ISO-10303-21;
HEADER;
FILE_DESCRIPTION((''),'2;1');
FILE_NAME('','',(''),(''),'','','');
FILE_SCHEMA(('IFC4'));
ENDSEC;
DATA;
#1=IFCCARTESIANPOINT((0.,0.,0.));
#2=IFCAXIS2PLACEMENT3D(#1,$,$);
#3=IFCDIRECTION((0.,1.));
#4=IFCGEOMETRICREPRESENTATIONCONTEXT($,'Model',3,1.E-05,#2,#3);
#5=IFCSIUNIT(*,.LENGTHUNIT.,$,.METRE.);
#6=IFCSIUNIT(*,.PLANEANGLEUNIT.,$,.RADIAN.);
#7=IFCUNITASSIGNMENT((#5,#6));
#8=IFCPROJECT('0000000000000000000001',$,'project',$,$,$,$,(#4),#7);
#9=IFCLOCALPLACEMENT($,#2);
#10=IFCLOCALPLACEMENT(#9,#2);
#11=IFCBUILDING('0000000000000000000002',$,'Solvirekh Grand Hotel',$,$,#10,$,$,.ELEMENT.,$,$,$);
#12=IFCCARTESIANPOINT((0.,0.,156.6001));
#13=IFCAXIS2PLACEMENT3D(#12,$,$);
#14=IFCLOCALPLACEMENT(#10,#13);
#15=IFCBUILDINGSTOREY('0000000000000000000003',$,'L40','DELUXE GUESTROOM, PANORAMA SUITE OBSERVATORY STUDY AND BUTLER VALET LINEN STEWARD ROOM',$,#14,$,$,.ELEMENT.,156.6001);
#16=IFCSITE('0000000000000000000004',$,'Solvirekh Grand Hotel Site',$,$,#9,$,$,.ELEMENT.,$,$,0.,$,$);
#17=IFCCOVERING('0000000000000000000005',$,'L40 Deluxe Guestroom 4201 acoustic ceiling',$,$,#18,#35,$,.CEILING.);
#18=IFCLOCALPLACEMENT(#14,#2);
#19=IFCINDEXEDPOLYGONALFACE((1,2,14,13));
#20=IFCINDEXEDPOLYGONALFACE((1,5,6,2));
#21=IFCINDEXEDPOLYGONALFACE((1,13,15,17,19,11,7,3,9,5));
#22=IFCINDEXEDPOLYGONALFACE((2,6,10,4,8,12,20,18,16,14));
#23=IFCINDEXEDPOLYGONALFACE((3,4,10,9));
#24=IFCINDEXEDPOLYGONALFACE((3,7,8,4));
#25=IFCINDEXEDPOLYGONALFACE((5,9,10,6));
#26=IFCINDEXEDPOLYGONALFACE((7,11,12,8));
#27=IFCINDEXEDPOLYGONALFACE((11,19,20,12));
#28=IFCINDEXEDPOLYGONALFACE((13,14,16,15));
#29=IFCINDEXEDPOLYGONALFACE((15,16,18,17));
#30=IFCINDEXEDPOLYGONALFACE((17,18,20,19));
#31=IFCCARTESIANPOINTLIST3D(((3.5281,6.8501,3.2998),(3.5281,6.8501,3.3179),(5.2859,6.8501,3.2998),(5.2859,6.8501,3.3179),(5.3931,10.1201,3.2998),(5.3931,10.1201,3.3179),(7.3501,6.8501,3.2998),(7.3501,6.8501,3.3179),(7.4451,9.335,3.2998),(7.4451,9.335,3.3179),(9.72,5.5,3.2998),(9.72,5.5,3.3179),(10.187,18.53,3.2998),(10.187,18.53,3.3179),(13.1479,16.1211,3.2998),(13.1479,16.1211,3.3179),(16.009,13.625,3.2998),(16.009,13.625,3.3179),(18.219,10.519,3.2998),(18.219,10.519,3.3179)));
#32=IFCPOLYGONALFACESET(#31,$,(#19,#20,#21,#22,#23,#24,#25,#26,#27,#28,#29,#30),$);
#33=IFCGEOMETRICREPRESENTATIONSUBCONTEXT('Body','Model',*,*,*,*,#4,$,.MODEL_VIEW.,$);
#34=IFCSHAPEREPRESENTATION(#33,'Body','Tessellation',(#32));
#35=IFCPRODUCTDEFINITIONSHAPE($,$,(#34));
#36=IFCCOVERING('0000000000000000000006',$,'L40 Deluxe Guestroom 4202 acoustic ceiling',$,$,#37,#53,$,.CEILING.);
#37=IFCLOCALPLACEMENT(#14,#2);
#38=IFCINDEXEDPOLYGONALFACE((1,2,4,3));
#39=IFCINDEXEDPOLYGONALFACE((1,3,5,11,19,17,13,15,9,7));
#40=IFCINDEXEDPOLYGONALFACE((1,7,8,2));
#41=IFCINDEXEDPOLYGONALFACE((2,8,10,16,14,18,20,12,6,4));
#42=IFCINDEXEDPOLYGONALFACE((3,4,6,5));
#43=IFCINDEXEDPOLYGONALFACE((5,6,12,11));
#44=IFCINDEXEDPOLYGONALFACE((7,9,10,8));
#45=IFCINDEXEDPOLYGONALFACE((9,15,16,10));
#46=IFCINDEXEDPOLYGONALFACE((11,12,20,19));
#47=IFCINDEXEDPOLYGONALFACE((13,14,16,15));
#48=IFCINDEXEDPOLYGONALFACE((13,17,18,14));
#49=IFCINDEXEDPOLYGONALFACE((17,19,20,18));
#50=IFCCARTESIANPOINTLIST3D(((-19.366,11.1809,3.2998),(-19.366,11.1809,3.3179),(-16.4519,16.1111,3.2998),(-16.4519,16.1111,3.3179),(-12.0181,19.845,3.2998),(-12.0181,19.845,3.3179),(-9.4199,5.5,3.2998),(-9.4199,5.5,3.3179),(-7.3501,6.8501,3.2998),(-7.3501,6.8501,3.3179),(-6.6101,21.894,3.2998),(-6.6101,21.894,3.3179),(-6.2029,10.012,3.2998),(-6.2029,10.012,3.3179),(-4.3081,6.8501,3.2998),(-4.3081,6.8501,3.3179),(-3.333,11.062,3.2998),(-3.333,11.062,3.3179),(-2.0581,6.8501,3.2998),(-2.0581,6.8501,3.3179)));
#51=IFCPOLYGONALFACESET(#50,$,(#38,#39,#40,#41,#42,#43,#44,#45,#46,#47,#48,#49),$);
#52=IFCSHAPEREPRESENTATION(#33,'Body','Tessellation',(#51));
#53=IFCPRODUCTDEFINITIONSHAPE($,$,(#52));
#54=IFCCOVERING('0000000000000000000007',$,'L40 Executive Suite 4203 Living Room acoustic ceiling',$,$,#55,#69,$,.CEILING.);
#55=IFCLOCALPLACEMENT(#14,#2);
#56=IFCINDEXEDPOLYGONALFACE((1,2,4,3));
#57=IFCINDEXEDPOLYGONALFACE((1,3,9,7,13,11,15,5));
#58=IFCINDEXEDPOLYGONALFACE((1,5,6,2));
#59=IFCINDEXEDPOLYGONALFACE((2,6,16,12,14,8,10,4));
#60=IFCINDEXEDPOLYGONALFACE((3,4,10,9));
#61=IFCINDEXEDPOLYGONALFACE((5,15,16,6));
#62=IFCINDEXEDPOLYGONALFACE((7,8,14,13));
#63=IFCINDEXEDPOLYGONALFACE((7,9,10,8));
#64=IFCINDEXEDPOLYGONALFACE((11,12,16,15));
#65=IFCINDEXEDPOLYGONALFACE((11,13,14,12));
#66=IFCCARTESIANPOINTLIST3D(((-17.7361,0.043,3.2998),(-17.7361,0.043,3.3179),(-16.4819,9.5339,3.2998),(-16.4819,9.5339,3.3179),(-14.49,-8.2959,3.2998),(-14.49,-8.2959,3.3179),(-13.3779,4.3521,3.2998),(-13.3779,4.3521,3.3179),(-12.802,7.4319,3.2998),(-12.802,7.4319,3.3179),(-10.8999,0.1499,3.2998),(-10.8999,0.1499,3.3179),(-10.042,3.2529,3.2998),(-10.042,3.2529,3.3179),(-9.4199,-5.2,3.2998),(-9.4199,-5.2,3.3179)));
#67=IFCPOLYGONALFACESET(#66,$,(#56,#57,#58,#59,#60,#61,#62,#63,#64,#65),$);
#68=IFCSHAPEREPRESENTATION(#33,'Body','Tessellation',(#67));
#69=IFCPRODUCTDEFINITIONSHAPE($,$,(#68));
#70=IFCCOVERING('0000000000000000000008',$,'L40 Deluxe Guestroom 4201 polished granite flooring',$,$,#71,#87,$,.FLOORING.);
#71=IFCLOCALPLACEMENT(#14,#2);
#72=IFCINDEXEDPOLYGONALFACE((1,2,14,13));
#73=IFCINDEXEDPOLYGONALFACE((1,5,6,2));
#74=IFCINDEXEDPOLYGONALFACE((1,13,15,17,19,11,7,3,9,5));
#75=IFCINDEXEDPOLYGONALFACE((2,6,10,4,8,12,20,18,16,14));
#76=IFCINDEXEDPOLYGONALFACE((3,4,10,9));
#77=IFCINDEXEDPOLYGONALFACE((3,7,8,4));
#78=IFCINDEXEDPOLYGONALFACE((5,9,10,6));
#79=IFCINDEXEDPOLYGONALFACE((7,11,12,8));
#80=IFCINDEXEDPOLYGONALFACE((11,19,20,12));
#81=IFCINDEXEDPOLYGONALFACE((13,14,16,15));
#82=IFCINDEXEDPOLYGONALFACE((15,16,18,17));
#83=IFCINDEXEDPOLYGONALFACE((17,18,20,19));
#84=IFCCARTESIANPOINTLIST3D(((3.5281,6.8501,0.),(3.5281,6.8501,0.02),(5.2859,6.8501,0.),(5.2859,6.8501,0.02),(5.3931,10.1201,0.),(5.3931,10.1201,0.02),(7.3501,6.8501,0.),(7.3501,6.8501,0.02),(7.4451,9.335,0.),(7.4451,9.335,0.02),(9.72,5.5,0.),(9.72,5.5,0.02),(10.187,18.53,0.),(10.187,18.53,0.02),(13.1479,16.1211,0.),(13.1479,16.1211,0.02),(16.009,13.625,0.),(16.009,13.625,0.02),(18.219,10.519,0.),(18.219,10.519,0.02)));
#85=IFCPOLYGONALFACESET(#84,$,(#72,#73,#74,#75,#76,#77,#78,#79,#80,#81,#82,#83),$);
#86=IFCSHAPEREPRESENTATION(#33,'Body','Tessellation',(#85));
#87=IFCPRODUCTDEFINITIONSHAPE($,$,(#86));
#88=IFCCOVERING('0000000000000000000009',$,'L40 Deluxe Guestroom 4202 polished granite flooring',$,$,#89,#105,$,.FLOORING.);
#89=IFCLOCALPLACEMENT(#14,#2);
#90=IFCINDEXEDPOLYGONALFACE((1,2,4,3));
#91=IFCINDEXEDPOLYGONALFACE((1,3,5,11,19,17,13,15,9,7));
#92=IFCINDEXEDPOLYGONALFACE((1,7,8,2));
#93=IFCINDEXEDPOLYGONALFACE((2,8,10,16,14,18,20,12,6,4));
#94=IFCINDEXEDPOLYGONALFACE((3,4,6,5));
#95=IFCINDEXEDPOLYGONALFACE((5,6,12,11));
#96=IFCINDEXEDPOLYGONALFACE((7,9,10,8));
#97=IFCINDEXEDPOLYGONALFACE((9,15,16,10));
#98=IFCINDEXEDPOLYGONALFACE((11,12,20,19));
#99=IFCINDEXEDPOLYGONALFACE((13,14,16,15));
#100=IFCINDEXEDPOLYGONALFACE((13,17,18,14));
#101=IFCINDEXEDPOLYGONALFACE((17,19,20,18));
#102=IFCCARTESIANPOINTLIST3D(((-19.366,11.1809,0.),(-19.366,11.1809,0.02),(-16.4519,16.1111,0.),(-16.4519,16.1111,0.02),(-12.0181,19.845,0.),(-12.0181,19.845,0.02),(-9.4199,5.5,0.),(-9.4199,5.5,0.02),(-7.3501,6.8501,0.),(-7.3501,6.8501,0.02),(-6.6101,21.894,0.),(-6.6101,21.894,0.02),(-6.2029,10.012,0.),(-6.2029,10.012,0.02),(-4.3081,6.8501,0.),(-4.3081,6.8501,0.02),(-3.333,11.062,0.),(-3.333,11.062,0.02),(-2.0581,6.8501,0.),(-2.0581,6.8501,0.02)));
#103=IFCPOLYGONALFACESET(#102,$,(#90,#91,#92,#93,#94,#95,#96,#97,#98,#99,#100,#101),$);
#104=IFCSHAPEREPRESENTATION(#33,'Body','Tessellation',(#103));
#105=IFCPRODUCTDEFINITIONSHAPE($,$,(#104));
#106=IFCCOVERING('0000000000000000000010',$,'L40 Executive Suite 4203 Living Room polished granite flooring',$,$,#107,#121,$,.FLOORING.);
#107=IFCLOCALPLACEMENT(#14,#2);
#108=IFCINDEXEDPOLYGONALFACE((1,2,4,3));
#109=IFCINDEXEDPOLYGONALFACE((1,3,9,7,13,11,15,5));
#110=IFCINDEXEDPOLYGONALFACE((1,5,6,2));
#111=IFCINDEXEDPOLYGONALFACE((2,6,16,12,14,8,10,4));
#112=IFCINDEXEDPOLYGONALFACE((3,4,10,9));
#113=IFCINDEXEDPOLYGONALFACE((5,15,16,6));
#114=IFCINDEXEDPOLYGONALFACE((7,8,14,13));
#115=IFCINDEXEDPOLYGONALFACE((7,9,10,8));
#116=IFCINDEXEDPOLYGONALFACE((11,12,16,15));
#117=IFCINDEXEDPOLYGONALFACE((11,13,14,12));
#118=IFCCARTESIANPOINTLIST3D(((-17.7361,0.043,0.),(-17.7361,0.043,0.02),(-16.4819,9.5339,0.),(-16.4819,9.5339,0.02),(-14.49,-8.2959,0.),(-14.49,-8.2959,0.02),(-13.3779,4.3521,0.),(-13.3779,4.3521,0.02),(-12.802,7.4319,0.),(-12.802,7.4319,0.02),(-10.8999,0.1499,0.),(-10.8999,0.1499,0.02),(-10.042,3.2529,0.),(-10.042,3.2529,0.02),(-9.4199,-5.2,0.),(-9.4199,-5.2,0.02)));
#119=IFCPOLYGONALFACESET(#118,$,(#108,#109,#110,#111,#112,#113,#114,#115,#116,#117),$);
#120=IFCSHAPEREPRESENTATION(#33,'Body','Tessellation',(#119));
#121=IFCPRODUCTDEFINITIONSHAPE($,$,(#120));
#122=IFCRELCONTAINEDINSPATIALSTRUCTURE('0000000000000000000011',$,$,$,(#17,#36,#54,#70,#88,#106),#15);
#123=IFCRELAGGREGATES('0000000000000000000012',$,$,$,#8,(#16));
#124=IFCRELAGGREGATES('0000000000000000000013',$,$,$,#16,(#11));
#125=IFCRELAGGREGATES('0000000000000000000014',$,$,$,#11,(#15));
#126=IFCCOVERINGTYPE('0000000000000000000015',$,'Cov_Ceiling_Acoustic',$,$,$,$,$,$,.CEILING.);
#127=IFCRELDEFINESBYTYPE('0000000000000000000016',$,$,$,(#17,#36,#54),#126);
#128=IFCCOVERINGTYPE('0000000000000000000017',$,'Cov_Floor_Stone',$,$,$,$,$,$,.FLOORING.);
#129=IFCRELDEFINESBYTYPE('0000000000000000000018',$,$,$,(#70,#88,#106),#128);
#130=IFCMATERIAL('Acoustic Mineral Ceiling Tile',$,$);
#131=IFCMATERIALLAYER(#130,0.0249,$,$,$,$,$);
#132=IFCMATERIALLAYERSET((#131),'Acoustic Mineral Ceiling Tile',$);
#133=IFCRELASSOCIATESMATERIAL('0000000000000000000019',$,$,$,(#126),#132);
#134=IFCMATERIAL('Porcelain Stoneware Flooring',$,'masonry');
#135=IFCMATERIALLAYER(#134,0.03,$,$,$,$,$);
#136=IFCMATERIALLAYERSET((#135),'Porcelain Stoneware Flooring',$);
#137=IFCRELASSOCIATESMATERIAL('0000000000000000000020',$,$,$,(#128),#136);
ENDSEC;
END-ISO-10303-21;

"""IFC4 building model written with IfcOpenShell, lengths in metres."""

from ifc_helpers import new_model, si_unit, direction, frame, origin, place, context, subcontext, project, spatial, polyline, outline, extrude, material, layer, layer_set, type_object, element, save


model = new_model("IFC4")

# Units and contexts
model_context = context("Model", 3, precision=1e-05, world=origin(), true_north=direction((0.0, 1.0)))
body_context = subcontext(model_context, "Body", "Model", "MODEL_VIEW")
ifc_project = project(units=[si_unit("LENGTHUNIT", "METRE"), si_unit("PLANEANGLEUNIT", "RADIAN")], contexts=[model_context])

# Site, building, storey
site_placement = place(None, origin())
site = spatial("IfcSite", under=ifc_project, at=site_placement, Name="Solvirekh Grand Hotel Site", CompositionType="ELEMENT", RefElevation=0.0)
building_placement = place(site_placement, origin())
building = spatial("IfcBuilding", under=site, at=building_placement, Name="Solvirekh Grand Hotel", CompositionType="ELEMENT")
storey_placement = place(building_placement, frame((0.0, 0.0, 156.6001)))
storey = spatial("IfcBuildingStorey", under=building, at=storey_placement, Name="L40", Description="DELUXE GUESTROOM, PANORAMA SUITE OBSERVATORY STUDY AND BUTLER VALET LINEN STEWARD ROOM", CompositionType="ELEMENT", Elevation=156.6001)

# Coverings
ifc_material_1 = material(Name="Acoustic Mineral Ceiling Tile")
ifc_layer_1 = layer(ifc_material_1, 0.0249)
ifc_layer_set_1 = layer_set([ifc_layer_1], Name="Acoustic Mineral Ceiling Tile")
covering_type_1 = type_object("IfcCoveringType", Name="Cov_Ceiling_Acoustic", PredefinedType="CEILING", material=ifc_layer_set_1)
covering_1_placement = place(storey_placement, frame((0.0, 0.0, 3.2998)))
element("IfcCovering", 1, at=covering_1_placement, inside=storey, type_object=covering_type_1, Name="L40 Deluxe Guestroom 4201 acoustic ceiling", PredefinedType="CEILING", context=body_context, shape_type="SweptSolid", body=[
    extrude(outline(polyline([(3.5281, 6.8501), (5.3931, 10.1201), (7.4451, 9.335), (5.2859, 6.8501), (7.3501, 6.8501), (9.72, 5.5), (18.219, 10.519), (16.009, 13.625), (13.1479, 16.1211), (10.187, 18.53), (3.5281, 6.8501)])), origin(), (0.0, 0.0, 1.0), 0.0181),
])
covering_2_placement = place(storey_placement, frame((0.0, 0.0, 3.2998)))
element("IfcCovering", 2, at=covering_2_placement, inside=storey, type_object=covering_type_1, Name="L40 Deluxe Guestroom 4202 acoustic ceiling", PredefinedType="CEILING", context=body_context, shape_type="SweptSolid", body=[
    extrude(outline(polyline([(-4.3081, 6.8501), (-6.2029, 10.012), (-3.333, 11.062), (-2.0581, 6.8501), (-6.6101, 21.894), (-12.0181, 19.845), (-16.4519, 16.1111), (-19.366, 11.1809), (-9.4199, 5.5), (-7.3501, 6.8501), (-4.3081, 6.8501)])), origin(), (0.0, 0.0, 1.0), 0.0181),
])
covering_3_placement = place(storey_placement, frame((0.0, 0.0, 3.2998)))
element("IfcCovering", 3, at=covering_3_placement, inside=storey, type_object=covering_type_1, Name="L40 Executive Suite 4203 Living Room acoustic ceiling", PredefinedType="CEILING", context=body_context, shape_type="SweptSolid", body=[
    extrude(outline(polyline([(-13.3779, 4.3521), (-12.802, 7.4319), (-16.4819, 9.5339), (-17.7361, 0.043), (-14.49, -8.2959), (-9.4199, -5.2), (-10.8999, 0.1499), (-10.042, 3.2529), (-13.3779, 4.3521)])), origin(), (0.0, 0.0, 1.0), 0.0181),
])
ifc_material_2 = material(Name="Porcelain Stoneware Flooring", Category="masonry")
ifc_layer_2 = layer(ifc_material_2, 0.03)
ifc_layer_set_2 = layer_set([ifc_layer_2], Name="Porcelain Stoneware Flooring")
covering_type_2 = type_object("IfcCoveringType", Name="Cov_Floor_Stone", PredefinedType="FLOORING", material=ifc_layer_set_2)
covering_4_placement = place(storey_placement, origin())
element("IfcCovering", 4, at=covering_4_placement, inside=storey, type_object=covering_type_2, Name="L40 Deluxe Guestroom 4201 polished granite flooring", PredefinedType="FLOORING", context=body_context, shape_type="SweptSolid", body=[
    extrude(outline(polyline([(3.5281, 6.8501), (5.3931, 10.1201), (7.4451, 9.335), (5.2859, 6.8501), (7.3501, 6.8501), (9.72, 5.5), (18.219, 10.519), (16.009, 13.625), (13.1479, 16.1211), (10.187, 18.53), (3.5281, 6.8501)])), origin(), (0.0, 0.0, 1.0), 0.02),
])
covering_5_placement = place(storey_placement, origin())
element("IfcCovering", 5, at=covering_5_placement, inside=storey, type_object=covering_type_2, Name="L40 Deluxe Guestroom 4202 polished granite flooring", PredefinedType="FLOORING", context=body_context, shape_type="SweptSolid", body=[
    extrude(outline(polyline([(-4.3081, 6.8501), (-6.2029, 10.012), (-3.333, 11.062), (-2.0581, 6.8501), (-6.6101, 21.894), (-12.0181, 19.845), (-16.4519, 16.1111), (-19.366, 11.1809), (-9.4199, 5.5), (-7.3501, 6.8501), (-4.3081, 6.8501)])), origin(), (0.0, 0.0, 1.0), 0.02),
])
covering_6_placement = place(storey_placement, origin())
element("IfcCovering", 6, at=covering_6_placement, inside=storey, type_object=covering_type_2, Name="L40 Executive Suite 4203 Living Room polished granite flooring", PredefinedType="FLOORING", context=body_context, shape_type="SweptSolid", body=[
    extrude(outline(polyline([(-13.3779, 4.3521), (-12.802, 7.4319), (-16.4819, 9.5339), (-17.7361, 0.043), (-14.49, -8.2959), (-9.4199, -5.2), (-10.8999, 0.1499), (-10.042, 3.2529), (-13.3779, 4.3521)])), origin(), (0.0, 0.0, 1.0), 0.02),
])

save(model, "model.ifc")
